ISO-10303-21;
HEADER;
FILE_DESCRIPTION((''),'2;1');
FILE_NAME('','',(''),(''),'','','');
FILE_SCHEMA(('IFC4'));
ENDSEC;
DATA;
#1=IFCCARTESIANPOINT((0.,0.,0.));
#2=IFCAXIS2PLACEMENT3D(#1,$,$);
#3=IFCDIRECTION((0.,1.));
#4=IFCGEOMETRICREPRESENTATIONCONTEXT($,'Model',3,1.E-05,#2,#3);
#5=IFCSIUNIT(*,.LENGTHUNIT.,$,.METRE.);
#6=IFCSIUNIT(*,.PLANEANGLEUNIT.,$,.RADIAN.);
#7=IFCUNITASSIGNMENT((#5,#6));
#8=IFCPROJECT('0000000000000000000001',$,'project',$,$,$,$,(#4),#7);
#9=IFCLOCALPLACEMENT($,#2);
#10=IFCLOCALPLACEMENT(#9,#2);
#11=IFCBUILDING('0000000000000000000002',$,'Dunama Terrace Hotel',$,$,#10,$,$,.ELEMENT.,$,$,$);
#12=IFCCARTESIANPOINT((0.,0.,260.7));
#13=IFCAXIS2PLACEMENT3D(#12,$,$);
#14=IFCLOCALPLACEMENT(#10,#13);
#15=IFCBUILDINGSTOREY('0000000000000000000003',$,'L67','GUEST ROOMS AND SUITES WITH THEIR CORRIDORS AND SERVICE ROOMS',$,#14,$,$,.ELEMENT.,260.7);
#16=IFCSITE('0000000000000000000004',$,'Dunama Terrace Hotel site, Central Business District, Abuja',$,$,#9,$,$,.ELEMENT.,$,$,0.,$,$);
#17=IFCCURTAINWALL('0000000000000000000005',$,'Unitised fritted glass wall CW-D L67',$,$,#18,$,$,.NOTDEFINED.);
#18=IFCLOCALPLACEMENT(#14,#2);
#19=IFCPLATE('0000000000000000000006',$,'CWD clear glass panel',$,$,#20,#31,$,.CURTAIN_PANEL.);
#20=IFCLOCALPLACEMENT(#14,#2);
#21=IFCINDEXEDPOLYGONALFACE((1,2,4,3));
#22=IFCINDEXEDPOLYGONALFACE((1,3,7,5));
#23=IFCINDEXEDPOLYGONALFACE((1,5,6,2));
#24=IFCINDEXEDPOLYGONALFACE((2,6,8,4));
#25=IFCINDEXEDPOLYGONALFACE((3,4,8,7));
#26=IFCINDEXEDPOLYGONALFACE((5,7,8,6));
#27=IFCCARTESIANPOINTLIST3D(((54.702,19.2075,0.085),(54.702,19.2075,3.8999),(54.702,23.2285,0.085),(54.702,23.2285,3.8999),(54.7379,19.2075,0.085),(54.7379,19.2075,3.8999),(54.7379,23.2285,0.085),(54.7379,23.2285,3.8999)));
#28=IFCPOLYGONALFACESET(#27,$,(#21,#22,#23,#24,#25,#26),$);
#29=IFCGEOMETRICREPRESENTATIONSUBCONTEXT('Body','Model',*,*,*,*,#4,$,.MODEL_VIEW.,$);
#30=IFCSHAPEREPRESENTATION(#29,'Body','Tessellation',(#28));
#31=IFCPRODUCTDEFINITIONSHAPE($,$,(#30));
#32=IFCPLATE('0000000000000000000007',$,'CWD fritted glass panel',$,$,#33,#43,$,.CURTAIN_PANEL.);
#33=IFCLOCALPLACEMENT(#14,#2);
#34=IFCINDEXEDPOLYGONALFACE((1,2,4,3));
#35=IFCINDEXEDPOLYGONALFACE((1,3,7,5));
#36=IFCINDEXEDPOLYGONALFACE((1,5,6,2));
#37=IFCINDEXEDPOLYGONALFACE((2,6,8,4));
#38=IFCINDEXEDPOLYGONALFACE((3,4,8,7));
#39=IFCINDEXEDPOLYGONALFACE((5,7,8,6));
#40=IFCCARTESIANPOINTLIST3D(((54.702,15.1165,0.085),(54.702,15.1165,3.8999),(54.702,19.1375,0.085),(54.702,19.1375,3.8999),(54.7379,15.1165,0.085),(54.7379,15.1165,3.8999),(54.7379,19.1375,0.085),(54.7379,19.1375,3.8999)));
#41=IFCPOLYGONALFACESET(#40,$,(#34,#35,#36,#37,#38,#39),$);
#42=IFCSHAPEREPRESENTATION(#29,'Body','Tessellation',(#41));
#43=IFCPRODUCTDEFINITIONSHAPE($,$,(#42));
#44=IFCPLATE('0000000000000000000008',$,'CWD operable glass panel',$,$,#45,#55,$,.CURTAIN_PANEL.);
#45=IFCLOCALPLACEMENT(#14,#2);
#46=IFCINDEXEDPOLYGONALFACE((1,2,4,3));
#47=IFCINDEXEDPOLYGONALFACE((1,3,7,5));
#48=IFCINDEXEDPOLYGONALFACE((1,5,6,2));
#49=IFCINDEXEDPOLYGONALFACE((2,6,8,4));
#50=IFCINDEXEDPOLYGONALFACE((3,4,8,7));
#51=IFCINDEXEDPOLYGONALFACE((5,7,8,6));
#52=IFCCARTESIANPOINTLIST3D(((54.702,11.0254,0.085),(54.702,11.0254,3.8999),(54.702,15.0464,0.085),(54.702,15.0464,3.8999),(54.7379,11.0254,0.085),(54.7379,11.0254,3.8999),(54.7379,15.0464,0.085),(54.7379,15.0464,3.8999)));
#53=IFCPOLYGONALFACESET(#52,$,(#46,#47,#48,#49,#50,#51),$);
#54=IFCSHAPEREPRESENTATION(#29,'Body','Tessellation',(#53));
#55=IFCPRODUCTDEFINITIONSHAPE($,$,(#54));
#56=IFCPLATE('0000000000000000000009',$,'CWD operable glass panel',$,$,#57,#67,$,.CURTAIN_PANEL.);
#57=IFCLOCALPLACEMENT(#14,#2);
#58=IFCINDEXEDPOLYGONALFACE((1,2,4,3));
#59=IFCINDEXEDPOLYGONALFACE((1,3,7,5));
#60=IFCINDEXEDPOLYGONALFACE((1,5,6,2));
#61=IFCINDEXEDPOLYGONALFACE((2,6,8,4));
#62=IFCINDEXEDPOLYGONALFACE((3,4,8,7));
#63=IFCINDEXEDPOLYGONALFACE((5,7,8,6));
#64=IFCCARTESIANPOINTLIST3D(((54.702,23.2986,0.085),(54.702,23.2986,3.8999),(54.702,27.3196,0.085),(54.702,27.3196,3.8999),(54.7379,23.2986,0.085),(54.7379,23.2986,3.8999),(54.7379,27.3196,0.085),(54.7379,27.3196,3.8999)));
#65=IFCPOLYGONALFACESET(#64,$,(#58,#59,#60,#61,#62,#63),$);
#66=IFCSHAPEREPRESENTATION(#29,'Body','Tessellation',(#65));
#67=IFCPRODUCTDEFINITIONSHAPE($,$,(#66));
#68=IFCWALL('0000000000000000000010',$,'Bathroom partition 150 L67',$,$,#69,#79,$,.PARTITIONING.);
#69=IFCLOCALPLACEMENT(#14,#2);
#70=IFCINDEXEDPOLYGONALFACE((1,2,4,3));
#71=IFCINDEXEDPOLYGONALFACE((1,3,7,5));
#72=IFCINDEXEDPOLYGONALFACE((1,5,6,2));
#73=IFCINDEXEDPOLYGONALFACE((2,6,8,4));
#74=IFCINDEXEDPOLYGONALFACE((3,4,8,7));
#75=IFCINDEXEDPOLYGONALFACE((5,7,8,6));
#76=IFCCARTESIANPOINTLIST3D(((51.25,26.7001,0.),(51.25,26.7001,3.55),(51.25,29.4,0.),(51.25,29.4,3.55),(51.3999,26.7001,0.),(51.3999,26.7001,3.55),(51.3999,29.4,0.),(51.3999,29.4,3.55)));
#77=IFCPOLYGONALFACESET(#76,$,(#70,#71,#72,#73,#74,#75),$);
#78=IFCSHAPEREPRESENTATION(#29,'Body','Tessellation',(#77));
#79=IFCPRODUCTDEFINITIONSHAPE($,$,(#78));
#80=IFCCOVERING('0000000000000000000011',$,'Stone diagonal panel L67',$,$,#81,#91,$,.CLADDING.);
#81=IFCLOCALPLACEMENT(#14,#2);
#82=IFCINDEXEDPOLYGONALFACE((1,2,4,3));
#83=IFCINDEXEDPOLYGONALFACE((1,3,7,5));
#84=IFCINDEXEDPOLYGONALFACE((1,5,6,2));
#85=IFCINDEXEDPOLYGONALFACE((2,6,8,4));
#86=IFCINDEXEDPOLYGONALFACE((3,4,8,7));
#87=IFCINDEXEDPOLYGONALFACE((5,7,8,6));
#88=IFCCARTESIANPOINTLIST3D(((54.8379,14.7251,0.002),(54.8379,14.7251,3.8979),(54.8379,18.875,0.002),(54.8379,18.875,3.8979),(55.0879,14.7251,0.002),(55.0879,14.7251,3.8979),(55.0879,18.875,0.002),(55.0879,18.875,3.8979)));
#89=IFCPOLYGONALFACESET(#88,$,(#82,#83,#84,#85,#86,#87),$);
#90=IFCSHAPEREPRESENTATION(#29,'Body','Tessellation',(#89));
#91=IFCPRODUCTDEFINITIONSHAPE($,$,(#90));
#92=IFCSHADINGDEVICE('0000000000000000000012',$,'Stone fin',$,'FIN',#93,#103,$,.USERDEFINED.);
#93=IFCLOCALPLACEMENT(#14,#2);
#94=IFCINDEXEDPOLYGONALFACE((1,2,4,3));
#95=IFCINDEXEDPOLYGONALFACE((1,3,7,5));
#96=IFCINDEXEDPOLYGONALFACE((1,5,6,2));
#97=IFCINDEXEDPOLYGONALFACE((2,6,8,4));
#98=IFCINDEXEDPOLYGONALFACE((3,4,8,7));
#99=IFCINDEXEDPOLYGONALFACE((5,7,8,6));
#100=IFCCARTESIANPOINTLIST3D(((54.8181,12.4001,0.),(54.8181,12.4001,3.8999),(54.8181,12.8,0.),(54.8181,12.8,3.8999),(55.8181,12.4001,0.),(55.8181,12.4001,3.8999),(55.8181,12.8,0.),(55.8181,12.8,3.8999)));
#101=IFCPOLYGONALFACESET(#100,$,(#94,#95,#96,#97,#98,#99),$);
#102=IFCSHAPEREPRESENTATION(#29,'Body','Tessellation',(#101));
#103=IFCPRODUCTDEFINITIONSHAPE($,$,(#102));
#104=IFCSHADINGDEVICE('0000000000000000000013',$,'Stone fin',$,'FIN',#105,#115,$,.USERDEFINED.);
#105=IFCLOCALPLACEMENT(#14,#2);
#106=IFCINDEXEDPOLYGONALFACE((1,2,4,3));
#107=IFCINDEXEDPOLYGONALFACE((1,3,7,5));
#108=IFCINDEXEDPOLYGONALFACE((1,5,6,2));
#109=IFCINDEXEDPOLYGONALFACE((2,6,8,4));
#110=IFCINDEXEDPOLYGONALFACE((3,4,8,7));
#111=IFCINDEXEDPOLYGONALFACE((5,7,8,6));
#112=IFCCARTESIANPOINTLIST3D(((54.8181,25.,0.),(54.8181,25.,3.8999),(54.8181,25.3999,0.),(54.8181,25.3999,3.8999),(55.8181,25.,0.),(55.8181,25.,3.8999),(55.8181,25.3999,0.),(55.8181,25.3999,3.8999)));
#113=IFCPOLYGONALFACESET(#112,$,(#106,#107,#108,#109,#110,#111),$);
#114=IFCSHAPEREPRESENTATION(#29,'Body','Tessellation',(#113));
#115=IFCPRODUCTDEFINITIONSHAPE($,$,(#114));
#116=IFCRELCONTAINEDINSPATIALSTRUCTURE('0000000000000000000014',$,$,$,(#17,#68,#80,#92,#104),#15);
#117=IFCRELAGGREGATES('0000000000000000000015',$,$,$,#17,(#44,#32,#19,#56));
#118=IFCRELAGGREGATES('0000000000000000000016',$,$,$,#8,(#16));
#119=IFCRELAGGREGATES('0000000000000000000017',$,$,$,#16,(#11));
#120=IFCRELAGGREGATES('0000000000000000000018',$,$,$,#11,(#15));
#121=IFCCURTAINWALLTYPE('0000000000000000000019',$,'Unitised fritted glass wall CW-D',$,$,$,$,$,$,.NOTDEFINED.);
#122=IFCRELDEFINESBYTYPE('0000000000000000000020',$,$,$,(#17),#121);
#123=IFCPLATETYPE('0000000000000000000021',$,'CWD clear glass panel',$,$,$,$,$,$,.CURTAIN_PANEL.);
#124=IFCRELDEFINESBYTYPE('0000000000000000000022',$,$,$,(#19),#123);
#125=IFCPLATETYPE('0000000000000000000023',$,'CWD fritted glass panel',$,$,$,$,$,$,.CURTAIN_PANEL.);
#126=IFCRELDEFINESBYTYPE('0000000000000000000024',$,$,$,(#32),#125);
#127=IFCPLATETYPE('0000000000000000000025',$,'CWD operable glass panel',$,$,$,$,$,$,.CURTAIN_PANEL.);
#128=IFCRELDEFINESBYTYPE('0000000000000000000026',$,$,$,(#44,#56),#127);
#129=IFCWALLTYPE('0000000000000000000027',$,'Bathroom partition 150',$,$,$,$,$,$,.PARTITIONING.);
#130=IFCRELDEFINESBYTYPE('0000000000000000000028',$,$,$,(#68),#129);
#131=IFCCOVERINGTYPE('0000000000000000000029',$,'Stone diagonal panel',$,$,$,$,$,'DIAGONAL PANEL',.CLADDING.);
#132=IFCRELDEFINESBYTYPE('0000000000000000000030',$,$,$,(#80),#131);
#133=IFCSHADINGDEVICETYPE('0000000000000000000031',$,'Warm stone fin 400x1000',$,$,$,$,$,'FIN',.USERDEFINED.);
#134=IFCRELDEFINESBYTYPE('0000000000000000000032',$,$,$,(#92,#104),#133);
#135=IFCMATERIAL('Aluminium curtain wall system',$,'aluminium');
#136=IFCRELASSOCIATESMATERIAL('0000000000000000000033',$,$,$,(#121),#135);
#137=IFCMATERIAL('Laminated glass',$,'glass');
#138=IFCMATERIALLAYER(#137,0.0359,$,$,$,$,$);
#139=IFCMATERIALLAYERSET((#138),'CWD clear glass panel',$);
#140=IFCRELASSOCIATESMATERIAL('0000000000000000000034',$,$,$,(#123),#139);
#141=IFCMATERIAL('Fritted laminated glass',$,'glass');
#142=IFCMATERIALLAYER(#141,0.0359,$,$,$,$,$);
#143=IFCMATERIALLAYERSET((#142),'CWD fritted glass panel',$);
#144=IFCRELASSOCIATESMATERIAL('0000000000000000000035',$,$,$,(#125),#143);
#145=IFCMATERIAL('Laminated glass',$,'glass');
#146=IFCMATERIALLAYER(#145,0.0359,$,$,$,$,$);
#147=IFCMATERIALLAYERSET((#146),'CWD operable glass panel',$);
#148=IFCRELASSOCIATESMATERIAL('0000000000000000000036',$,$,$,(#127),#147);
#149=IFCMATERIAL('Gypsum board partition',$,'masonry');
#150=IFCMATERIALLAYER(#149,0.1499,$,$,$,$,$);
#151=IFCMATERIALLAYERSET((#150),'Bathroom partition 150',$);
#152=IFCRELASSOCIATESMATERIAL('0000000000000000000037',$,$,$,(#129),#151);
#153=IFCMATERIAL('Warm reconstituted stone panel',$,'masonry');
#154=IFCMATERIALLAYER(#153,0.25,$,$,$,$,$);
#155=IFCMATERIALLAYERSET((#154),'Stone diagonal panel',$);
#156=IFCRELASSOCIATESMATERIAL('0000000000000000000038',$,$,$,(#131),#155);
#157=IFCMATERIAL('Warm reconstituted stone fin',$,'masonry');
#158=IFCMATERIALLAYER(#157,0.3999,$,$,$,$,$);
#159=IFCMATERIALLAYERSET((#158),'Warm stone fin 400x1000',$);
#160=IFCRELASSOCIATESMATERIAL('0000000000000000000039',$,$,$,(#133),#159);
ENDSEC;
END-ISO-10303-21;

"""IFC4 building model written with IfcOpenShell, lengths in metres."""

from ifc_helpers import new_model, si_unit, direction, frame, frame_2d, origin, origin_2d, place, context, subcontext, project, spatial, rectangle, extrude, material, layer, layer_set, type_object, element, aggregate, save


model = new_model("IFC4")

# Units and contexts
model_context = context("Model", 3, precision=1e-05, world=origin(), true_north=direction((0.0, 1.0)))
body_context = subcontext(model_context, "Body", "Model", "MODEL_VIEW")
ifc_project = project(units=[si_unit("LENGTHUNIT", "METRE"), si_unit("PLANEANGLEUNIT", "RADIAN")], contexts=[model_context])

# Site, building, storey
site_placement = place(None, origin())
site = spatial("IfcSite", under=ifc_project, at=site_placement, Name="Dunama Terrace Hotel site, Central Business District, Abuja", CompositionType="ELEMENT", RefElevation=0.0)
building_placement = place(site_placement, origin())
building = spatial("IfcBuilding", under=site, at=building_placement, Name="Dunama Terrace Hotel", CompositionType="ELEMENT")
storey_placement = place(building_placement, frame((0.0, 0.0, 260.7)))
storey = spatial("IfcBuildingStorey", under=building, at=storey_placement, Name="L67", Description="GUEST ROOMS AND SUITES WITH THEIR CORRIDORS AND SERVICE ROOMS", CompositionType="ELEMENT", Elevation=260.7)

# Curtain wall
ifc_material_1 = material(Name="Aluminium curtain wall system", Category="aluminium")
curtain_wall_type = type_object("IfcCurtainWallType", Name="Unitised fritted glass wall CW-D", PredefinedType="NOTDEFINED", material=ifc_material_1)
curtain_wall_placement = place(storey_placement, origin())
curtain_wall = element("IfcCurtainWall", 1, at=curtain_wall_placement, inside=storey, type_object=curtain_wall_type, Name="Unitised fritted glass wall CW-D L67", PredefinedType="NOTDEFINED")

# Plates
ifc_material_2 = material(Name="Laminated glass", Category="glass")
ifc_layer_1 = layer(ifc_material_2, 0.0359)
ifc_layer_set_1 = layer_set([ifc_layer_1], Name="CWD clear glass panel")
plate_type_1 = type_object("IfcPlateType", Name="CWD clear glass panel", PredefinedType="CURTAIN_PANEL", material=ifc_layer_set_1)
plate_1_placement = place(storey_placement, frame((54.72, 21.218, 0.085), z_axis=(0.0, 0.0, 1.0), x_axis=(0.0, 1.0, 0.0)))
plate_1 = element("IfcPlate", 2, at=plate_1_placement, type_object=plate_type_1, Name="CWD clear glass panel", PredefinedType="CURTAIN_PANEL", context=body_context, shape_type="SweptSolid", body=[
    extrude(rectangle(XDim=4.021, YDim=0.0359, at=origin_2d()), origin(), (0.0, 0.0, 1.0), 3.8149),
])
ifc_material_3 = material(Name="Fritted laminated glass", Category="glass")
ifc_layer_2 = layer(ifc_material_3, 0.0359)
ifc_layer_set_2 = layer_set([ifc_layer_2], Name="CWD fritted glass panel")
plate_type_2 = type_object("IfcPlateType", Name="CWD fritted glass panel", PredefinedType="CURTAIN_PANEL", material=ifc_layer_set_2)
plate_2_placement = place(storey_placement, frame((54.72, 17.127, 0.085), z_axis=(0.0, 0.0, 1.0), x_axis=(0.0, 1.0, 0.0)))
plate_2 = element("IfcPlate", 3, at=plate_2_placement, type_object=plate_type_2, Name="CWD fritted glass panel", PredefinedType="CURTAIN_PANEL", context=body_context, shape_type="SweptSolid", body=[
    extrude(rectangle(XDim=4.021, YDim=0.0359, at=origin_2d()), origin(), (0.0, 0.0, 1.0), 3.8149),
])
ifc_material_4 = material(Name="Laminated glass", Category="glass")
ifc_layer_3 = layer(ifc_material_4, 0.0359)
ifc_layer_set_3 = layer_set([ifc_layer_3], Name="CWD operable glass panel")
plate_type_3 = type_object("IfcPlateType", Name="CWD operable glass panel", PredefinedType="CURTAIN_PANEL", material=ifc_layer_set_3)
plate_3_placement = place(storey_placement, frame((54.72, 13.0359, 0.085), z_axis=(0.0, 0.0, 1.0), x_axis=(0.0, 1.0, 0.0)))
plate_3 = element("IfcPlate", 4, at=plate_3_placement, type_object=plate_type_3, Name="CWD operable glass panel", PredefinedType="CURTAIN_PANEL", context=body_context, shape_type="SweptSolid", body=[
    extrude(rectangle(XDim=4.021, YDim=0.0359, at=origin_2d()), origin(), (0.0, 0.0, 1.0), 3.8149),
])
plate_4_placement = place(storey_placement, frame((54.72, 25.3091, 0.085), z_axis=(0.0, 0.0, 1.0), x_axis=(0.0, 1.0, 0.0)))
plate_4 = element("IfcPlate", 5, at=plate_4_placement, type_object=plate_type_3, Name="CWD operable glass panel", PredefinedType="CURTAIN_PANEL", context=body_context, shape_type="SweptSolid", body=[
    extrude(rectangle(XDim=4.021, YDim=0.0359, at=origin_2d()), origin(), (0.0, 0.0, 1.0), 3.8149),
])
aggregate(curtain_wall, [plate_3, plate_2, plate_1, plate_4])

# Wall
ifc_material_5 = material(Name="Gypsum board partition", Category="masonry")
ifc_layer_4 = layer(ifc_material_5, 0.1499)
ifc_layer_set_4 = layer_set([ifc_layer_4], Name="Bathroom partition 150")
wall_type = type_object("IfcWallType", Name="Bathroom partition 150", PredefinedType="PARTITIONING", material=ifc_layer_set_4)
wall_placement = place(storey_placement, frame((51.325, 26.7, 0.0), z_axis=(0.0, 0.0, 1.0), x_axis=(0.0, 1.0, 0.0)))
element("IfcWall", 6, at=wall_placement, inside=storey, type_object=wall_type, Name="Bathroom partition 150 L67", PredefinedType="PARTITIONING", context=body_context, shape_type="SweptSolid", body=[
    extrude(rectangle(XDim=2.7, YDim=0.1499, at=frame_2d((1.3501, 0.0))), origin(), (0.0, 0.0, 1.0), 3.55),
])

# Covering
ifc_material_6 = material(Name="Warm reconstituted stone panel", Category="masonry")
ifc_layer_5 = layer(ifc_material_6, 0.25)
ifc_layer_set_5 = layer_set([ifc_layer_5], Name="Stone diagonal panel")
covering_type = type_object("IfcCoveringType", Name="Stone diagonal panel", ElementType="DIAGONAL PANEL", PredefinedType="CLADDING", material=ifc_layer_set_5)
covering_placement = place(storey_placement, frame((54.9629, 16.8, 0.002), z_axis=(0.0, 0.0, 1.0), x_axis=(0.0, 1.0, 0.0)))
element("IfcCovering", 7, at=covering_placement, inside=storey, type_object=covering_type, Name="Stone diagonal panel L67", PredefinedType="CLADDING", context=body_context, shape_type="SweptSolid", body=[
    extrude(rectangle(XDim=4.1499, YDim=0.25, at=origin_2d()), origin(), (0.0, 0.0, 1.0), 3.896),
])

# Shading devices
ifc_material_7 = material(Name="Warm reconstituted stone fin", Category="masonry")
ifc_layer_6 = layer(ifc_material_7, 0.3999)
ifc_layer_set_6 = layer_set([ifc_layer_6], Name="Warm stone fin 400x1000")
shading_device_type = type_object("IfcShadingDeviceType", Name="Warm stone fin 400x1000", ElementType="FIN", PredefinedType="USERDEFINED", material=ifc_layer_set_6)
for number, where, z_axis, x_axis, name in (
    (8, (55.3181, 12.6001, 0.0), (0.0, 0.0, 1.0), (0.0, 1.0, 0.0), "Stone fin"),
    (9, (55.3181, 25.2, 0.0), (0.0, 0.0, 1.0), (0.0, 1.0, 0.0), "Stone fin"),
):
    element("IfcShadingDevice", number, at=place(storey_placement, frame(where, z_axis=z_axis, x_axis=x_axis)), inside=storey, type_object=shading_device_type, Name=name, ObjectType="FIN", PredefinedType="USERDEFINED", context=body_context, shape_type="SweptSolid", body=[
        extrude(rectangle(XDim=0.3999, YDim=1.0, at=origin_2d()), origin(), (0.0, 0.0, 1.0), 3.8999),
    ])

save(model, "model.ifc")
